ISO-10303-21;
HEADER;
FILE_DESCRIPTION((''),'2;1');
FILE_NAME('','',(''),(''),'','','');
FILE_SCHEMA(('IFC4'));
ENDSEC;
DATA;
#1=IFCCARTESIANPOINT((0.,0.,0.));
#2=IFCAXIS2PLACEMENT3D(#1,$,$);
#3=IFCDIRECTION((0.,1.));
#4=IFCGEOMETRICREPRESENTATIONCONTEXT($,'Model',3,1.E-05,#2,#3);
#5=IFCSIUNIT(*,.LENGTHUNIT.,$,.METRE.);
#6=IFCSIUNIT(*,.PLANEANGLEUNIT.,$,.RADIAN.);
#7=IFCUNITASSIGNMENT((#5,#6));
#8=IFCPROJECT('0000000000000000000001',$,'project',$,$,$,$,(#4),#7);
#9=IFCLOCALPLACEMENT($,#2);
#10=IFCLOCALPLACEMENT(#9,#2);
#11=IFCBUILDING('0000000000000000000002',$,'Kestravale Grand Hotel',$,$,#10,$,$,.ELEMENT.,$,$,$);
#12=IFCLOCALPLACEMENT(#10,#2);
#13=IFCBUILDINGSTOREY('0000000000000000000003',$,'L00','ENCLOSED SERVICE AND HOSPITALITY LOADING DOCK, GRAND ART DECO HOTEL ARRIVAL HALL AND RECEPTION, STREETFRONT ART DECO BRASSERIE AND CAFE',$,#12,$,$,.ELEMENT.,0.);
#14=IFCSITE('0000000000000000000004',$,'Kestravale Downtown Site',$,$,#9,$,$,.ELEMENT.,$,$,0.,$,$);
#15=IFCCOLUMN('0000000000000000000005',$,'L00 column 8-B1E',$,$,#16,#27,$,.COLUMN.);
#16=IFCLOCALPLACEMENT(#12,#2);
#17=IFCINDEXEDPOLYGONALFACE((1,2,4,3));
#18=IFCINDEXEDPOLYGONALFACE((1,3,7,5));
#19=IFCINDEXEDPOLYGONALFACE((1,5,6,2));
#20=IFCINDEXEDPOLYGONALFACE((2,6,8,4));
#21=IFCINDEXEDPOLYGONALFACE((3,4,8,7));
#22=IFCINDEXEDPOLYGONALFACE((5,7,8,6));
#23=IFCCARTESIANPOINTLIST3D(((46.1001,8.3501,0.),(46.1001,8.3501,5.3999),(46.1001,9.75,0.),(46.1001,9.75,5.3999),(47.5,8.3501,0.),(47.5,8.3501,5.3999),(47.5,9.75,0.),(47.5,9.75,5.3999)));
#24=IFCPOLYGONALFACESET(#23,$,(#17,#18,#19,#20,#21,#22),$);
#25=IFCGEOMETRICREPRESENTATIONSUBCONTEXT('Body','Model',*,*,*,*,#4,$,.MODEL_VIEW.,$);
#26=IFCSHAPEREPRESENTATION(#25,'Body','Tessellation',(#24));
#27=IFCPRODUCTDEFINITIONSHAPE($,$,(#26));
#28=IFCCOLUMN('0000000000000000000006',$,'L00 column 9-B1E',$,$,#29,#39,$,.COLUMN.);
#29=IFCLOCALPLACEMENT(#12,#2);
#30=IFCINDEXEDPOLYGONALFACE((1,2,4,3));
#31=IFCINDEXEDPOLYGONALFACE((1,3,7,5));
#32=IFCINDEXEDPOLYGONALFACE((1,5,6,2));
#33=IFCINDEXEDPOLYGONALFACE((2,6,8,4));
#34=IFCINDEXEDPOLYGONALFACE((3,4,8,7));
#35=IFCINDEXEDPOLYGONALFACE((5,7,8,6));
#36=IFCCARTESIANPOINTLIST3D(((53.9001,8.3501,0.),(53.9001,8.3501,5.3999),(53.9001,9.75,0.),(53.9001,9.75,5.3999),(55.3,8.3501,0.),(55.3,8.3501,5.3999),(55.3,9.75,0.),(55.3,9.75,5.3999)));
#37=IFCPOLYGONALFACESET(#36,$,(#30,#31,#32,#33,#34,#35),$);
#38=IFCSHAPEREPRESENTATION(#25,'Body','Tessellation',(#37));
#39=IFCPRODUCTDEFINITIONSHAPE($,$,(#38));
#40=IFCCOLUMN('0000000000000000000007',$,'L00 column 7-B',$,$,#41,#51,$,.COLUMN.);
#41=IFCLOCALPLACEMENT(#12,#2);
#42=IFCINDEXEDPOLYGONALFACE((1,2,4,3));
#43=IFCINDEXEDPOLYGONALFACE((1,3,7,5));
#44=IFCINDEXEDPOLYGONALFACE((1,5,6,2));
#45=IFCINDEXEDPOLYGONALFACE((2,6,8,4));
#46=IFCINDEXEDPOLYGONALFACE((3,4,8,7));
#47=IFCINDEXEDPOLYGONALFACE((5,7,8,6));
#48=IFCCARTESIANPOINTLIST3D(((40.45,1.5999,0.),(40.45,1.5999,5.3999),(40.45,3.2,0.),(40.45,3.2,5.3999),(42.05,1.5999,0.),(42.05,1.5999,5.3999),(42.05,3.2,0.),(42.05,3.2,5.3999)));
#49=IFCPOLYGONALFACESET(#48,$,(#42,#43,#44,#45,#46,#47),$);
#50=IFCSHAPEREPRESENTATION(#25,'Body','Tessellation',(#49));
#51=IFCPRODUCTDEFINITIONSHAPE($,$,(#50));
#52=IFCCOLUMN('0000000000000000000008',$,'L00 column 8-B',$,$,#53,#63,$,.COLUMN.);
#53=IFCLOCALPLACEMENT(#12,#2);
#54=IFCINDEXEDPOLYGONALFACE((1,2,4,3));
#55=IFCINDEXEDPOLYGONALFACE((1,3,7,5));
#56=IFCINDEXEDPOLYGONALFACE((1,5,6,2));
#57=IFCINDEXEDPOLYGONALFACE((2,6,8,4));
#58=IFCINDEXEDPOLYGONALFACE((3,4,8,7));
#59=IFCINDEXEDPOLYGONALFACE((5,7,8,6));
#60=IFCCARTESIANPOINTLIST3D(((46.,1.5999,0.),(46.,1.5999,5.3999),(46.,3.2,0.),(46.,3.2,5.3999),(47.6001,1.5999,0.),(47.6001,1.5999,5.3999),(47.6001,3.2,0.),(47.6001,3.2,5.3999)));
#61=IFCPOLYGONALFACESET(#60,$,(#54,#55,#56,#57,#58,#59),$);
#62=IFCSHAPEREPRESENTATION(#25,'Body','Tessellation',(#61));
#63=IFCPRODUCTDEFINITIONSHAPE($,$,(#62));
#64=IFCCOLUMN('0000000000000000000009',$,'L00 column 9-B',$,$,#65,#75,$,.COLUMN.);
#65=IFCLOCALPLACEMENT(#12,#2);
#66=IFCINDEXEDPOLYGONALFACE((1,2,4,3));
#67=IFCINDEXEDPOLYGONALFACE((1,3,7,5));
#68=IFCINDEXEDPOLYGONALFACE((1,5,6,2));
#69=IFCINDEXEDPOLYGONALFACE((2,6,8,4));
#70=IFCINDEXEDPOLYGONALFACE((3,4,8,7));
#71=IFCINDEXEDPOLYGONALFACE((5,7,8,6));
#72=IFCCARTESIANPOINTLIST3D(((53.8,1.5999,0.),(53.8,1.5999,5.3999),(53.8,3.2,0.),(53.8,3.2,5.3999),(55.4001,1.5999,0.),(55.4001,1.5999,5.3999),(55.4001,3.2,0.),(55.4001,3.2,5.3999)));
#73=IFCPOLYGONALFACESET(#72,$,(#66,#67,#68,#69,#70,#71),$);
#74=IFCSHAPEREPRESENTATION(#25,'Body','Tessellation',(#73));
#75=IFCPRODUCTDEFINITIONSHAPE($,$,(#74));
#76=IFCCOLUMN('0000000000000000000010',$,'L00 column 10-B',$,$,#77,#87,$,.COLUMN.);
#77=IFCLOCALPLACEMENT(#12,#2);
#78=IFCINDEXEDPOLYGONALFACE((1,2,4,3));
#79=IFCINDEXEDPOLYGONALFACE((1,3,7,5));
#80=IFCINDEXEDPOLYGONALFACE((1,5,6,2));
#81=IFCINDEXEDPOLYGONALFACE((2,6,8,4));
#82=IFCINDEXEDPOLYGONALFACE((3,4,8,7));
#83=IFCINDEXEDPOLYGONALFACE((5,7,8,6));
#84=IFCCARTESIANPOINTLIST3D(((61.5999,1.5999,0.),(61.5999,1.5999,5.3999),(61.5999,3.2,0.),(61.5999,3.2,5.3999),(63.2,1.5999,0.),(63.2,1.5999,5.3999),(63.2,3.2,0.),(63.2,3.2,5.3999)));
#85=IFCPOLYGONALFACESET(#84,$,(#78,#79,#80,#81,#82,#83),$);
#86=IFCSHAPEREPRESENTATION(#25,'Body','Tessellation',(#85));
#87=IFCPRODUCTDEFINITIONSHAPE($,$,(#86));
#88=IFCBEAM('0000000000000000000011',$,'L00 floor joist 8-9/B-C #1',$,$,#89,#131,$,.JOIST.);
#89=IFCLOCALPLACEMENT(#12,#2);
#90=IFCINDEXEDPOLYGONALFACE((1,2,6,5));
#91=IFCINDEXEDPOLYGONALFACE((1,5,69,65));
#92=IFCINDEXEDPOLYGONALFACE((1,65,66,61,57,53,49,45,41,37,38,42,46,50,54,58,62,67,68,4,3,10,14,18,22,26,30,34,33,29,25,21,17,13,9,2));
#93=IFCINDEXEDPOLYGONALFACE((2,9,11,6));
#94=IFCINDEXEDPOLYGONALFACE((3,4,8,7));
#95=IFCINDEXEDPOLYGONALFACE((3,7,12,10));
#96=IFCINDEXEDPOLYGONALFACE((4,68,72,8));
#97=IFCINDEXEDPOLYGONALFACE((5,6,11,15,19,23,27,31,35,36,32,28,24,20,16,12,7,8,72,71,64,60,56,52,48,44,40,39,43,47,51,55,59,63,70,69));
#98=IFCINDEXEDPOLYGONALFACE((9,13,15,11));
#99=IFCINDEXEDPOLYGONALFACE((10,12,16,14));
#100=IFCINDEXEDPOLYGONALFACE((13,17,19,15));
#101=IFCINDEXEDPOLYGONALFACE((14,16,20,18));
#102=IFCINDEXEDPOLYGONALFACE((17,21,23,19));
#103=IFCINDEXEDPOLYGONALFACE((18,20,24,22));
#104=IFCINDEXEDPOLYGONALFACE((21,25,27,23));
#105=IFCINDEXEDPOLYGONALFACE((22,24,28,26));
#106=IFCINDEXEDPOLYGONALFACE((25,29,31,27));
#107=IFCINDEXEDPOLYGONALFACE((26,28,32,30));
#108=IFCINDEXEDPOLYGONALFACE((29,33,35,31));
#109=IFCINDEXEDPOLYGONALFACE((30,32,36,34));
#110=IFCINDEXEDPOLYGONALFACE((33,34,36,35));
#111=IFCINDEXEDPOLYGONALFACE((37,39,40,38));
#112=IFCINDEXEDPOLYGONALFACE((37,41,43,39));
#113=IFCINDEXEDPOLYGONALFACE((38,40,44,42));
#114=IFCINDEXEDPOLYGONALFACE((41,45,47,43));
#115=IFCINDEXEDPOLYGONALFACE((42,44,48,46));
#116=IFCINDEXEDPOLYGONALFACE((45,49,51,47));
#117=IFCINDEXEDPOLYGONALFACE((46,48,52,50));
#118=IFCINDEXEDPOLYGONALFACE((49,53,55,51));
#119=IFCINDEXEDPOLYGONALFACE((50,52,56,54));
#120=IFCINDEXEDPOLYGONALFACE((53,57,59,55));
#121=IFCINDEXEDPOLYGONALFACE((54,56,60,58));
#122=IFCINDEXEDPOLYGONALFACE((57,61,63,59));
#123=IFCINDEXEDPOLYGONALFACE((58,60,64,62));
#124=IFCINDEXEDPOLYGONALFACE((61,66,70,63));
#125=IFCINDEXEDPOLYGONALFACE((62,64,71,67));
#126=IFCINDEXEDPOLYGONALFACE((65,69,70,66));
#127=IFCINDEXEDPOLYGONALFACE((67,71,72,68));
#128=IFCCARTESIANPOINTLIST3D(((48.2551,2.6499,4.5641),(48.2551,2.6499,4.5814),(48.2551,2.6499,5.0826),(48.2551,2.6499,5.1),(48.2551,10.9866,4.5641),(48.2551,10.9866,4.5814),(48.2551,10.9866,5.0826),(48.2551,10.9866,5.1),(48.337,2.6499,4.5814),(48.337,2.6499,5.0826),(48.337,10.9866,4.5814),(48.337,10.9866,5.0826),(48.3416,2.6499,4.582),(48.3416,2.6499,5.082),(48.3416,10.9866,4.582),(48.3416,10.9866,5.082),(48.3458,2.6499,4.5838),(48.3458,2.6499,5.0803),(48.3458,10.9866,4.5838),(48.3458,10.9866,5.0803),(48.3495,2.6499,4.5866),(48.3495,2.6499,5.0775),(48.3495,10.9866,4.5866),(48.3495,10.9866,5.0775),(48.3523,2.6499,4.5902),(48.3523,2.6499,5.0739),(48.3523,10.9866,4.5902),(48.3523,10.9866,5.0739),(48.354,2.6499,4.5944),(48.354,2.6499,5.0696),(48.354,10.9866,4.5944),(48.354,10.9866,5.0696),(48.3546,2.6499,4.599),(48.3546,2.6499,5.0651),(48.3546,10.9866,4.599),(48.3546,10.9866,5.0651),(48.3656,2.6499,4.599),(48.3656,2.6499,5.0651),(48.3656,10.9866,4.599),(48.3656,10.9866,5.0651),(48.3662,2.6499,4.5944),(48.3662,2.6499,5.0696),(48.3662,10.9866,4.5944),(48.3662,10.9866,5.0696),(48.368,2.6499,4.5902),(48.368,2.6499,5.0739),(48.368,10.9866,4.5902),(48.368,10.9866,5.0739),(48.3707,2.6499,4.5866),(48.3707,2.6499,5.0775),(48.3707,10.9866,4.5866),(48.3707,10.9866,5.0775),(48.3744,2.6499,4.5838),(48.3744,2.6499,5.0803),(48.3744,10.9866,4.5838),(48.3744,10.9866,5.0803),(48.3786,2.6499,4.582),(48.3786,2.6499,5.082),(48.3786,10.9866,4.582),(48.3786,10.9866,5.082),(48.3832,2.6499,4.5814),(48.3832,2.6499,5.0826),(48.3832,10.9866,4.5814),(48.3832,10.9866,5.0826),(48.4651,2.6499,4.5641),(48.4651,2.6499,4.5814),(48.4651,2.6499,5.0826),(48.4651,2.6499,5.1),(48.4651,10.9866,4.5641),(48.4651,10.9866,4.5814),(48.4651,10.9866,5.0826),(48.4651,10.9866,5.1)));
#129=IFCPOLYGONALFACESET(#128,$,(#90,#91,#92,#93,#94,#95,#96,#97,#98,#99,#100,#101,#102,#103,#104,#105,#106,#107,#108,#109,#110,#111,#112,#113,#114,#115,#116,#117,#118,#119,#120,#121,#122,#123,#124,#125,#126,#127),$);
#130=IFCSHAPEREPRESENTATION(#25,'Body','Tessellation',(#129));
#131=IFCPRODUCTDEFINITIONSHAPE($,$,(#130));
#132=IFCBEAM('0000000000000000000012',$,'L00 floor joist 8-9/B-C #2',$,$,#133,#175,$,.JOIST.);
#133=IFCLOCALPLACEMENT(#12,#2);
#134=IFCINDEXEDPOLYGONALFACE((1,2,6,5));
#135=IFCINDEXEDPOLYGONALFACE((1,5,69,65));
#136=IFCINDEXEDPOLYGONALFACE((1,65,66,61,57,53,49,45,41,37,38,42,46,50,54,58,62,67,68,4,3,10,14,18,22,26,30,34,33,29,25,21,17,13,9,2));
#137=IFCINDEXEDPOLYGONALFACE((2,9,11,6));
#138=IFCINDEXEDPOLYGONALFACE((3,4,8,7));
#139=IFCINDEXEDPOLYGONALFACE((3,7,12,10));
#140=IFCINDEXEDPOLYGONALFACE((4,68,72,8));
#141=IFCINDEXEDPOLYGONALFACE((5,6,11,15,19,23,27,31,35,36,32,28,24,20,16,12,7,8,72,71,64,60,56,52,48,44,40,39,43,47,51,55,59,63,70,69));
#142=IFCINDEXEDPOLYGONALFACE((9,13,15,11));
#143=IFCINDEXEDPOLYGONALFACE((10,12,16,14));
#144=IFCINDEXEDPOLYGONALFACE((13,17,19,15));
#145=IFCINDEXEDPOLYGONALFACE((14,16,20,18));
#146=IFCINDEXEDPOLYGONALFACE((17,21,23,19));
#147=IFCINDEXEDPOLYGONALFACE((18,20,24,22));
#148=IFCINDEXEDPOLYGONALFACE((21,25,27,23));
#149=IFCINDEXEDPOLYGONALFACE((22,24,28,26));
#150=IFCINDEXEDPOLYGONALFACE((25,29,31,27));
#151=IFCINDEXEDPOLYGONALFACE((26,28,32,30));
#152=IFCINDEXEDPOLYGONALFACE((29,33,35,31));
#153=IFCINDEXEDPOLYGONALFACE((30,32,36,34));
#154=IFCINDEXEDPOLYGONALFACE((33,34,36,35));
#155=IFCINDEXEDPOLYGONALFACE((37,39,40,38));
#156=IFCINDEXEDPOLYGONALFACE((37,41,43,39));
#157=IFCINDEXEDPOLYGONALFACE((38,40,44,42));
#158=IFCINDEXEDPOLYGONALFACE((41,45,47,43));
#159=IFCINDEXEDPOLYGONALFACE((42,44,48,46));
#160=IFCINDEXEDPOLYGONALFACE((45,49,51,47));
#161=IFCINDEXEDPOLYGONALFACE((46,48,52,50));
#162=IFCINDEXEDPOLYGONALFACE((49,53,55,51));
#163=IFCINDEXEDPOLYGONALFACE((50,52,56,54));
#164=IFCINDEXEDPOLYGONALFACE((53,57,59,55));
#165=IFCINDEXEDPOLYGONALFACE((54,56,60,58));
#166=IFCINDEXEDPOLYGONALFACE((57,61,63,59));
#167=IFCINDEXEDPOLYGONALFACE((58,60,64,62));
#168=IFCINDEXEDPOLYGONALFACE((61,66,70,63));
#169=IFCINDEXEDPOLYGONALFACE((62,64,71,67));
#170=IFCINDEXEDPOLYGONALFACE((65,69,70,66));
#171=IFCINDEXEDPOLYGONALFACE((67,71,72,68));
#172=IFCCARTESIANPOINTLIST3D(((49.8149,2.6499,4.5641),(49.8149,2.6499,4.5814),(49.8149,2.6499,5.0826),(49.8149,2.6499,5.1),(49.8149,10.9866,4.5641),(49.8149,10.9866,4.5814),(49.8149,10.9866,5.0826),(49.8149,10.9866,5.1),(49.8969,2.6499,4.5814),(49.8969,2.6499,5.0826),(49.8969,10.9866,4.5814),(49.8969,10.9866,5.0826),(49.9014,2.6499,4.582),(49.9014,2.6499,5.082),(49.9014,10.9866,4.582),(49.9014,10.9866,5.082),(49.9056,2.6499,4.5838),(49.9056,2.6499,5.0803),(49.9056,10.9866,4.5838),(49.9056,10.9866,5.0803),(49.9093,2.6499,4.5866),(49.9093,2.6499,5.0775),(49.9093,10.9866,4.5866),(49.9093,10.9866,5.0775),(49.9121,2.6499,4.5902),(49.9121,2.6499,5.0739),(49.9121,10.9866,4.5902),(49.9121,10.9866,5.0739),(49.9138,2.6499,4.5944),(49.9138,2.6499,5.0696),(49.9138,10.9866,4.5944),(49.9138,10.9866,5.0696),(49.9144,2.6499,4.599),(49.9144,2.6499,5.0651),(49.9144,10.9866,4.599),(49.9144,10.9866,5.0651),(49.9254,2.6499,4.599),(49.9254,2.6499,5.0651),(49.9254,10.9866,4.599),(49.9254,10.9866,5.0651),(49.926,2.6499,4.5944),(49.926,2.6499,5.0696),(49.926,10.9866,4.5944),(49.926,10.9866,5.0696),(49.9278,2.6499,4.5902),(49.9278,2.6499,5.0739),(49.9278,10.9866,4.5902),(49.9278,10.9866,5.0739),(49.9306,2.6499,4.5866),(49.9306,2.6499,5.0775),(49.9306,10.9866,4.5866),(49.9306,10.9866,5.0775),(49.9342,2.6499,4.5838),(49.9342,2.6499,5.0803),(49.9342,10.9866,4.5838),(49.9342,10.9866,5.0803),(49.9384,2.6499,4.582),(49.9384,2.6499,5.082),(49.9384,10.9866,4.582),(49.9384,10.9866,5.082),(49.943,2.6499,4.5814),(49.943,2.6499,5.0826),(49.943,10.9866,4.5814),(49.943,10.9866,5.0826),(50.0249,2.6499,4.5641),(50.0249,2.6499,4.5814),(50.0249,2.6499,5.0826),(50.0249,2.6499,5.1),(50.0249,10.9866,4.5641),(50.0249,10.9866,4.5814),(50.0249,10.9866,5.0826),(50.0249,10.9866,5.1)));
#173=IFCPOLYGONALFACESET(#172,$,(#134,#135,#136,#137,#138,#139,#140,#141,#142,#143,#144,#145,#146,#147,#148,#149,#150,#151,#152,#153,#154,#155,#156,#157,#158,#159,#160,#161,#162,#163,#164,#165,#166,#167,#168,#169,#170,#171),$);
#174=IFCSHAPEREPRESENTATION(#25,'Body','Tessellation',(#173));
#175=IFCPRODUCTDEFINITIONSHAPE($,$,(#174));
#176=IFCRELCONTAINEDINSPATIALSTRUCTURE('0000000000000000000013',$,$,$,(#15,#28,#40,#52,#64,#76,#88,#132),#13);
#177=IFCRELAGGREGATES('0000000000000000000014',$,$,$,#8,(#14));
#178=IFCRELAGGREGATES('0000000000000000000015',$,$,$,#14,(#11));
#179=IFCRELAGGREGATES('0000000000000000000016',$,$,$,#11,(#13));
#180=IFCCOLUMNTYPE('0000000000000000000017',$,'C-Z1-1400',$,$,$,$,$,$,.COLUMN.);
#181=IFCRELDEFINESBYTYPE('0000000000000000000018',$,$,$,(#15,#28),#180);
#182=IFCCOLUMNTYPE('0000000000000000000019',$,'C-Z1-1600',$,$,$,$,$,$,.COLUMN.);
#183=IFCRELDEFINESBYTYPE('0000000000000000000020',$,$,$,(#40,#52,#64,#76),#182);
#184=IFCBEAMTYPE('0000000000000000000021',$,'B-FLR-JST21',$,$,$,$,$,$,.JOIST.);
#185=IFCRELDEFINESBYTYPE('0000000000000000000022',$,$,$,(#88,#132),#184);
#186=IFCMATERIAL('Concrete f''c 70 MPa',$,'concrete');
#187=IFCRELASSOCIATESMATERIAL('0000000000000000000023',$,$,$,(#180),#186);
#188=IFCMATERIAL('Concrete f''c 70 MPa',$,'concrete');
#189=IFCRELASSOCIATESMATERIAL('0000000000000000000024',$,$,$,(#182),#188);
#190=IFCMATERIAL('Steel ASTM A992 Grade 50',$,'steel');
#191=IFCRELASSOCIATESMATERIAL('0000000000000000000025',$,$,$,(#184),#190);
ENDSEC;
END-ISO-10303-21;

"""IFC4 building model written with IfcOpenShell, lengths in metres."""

from ifc_helpers import new_model, si_unit, direction, frame, origin, origin_2d, place, context, subcontext, project, spatial, rectangle, i_section, extrude, material, material_profile, profile_set, type_object, element, save


model = new_model("IFC4")

# Units and contexts
model_context = context("Model", 3, precision=1e-05, world=origin(), true_north=direction((0.0, 1.0)))
body_context = subcontext(model_context, "Body", "Model", "MODEL_VIEW")
ifc_project = project(units=[si_unit("LENGTHUNIT", "METRE"), si_unit("PLANEANGLEUNIT", "RADIAN")], contexts=[model_context])

# Site, building, storey
site_placement = place(None, origin())
site = spatial("IfcSite", under=ifc_project, at=site_placement, Name="Kestravale Downtown Site", CompositionType="ELEMENT", RefElevation=0.0)
building_placement = place(site_placement, origin())
building = spatial("IfcBuilding", under=site, at=building_placement, Name="Kestravale Grand Hotel", CompositionType="ELEMENT")
storey_placement = place(building_placement, origin())
storey = spatial("IfcBuildingStorey", under=building, at=storey_placement, Name="L00", Description="ENCLOSED SERVICE AND HOSPITALITY LOADING DOCK, GRAND ART DECO HOTEL ARRIVAL HALL AND RECEPTION, STREETFRONT ART DECO BRASSERIE AND CAFE", CompositionType="ELEMENT", Elevation=0.0)

# Columns
ifc_material_1 = material(Name="Concrete f'c 70 MPa", Category="concrete")
ifc_material_profile_1 = material_profile(ifc_material_1, rectangle(XDim=1.3999, YDim=1.3999, at=origin_2d()))
ifc_profile_set_1 = profile_set([ifc_material_profile_1], Name="Concrete f'c 70 MPa")
column_type_1 = type_object("IfcColumnType", Name="C-Z1-1400", PredefinedType="COLUMN", material=ifc_profile_set_1)
for number, where, z_axis, x_axis, name in (
    (1, (46.8, 9.05, 0.0), (0.0, 0.0, 1.0), (1.0, 0.0, 0.0), "L00 column 8-B1E"),
    (2, (54.6001, 9.05, 0.0), (0.0, 0.0, 1.0), (1.0, 0.0, 0.0), "L00 column 9-B1E"),
):
    element("IfcColumn", number, at=place(storey_placement, frame(where, z_axis=z_axis, x_axis=x_axis)), inside=storey, type_object=column_type_1, Name=name, PredefinedType="COLUMN", context=body_context, shape_type="SweptSolid", body=[
        extrude(rectangle(XDim=1.3999, YDim=1.3999, at=origin_2d()), origin(), (0.0, 0.0, 1.0), 5.3999),
    ])
ifc_material_2 = material(Name="Concrete f'c 70 MPa", Category="concrete")
ifc_material_profile_2 = material_profile(ifc_material_2, rectangle(XDim=1.6001, YDim=1.6001, at=origin_2d()))
ifc_profile_set_2 = profile_set([ifc_material_profile_2], Name="Concrete f'c 70 MPa")
column_type_2 = type_object("IfcColumnType", Name="C-Z1-1600", PredefinedType="COLUMN", material=ifc_profile_set_2)
for number, where, z_axis, x_axis, name in (
    (3, (41.25, 2.3999, 0.0), (0.0, 0.0, 1.0), (1.0, 0.0, 0.0), "L00 column 7-B"),
    (4, (46.8, 2.3999, 0.0), (0.0, 0.0, 1.0), (1.0, 0.0, 0.0), "L00 column 8-B"),
    (5, (54.6001, 2.3999, 0.0), (0.0, 0.0, 1.0), (1.0, 0.0, 0.0), "L00 column 9-B"),
    (6, (62.3999, 2.3999, 0.0), (0.0, 0.0, 1.0), (1.0, 0.0, 0.0), "L00 column 10-B"),
):
    element("IfcColumn", number, at=place(storey_placement, frame(where, z_axis=z_axis, x_axis=x_axis)), inside=storey, type_object=column_type_2, Name=name, PredefinedType="COLUMN", context=body_context, shape_type="SweptSolid", body=[
        extrude(rectangle(XDim=1.6001, YDim=1.6001, at=origin_2d()), origin(), (0.0, 0.0, 1.0), 5.3999),
    ])

# Beams
ifc_material_3 = material(Name="Steel ASTM A992 Grade 50", Category="steel")
ifc_material_profile_3 = material_profile(ifc_material_3, i_section(OverallWidth=0.21, OverallDepth=0.5359, WebThickness=0.011, FlangeThickness=0.0173, FilletRadius=0.0176, at=origin_2d()))
ifc_profile_set_3 = profile_set([ifc_material_profile_3], Name="Steel ASTM A992 Grade 50")
beam_type_1 = type_object("IfcBeamType", Name="B-FLR-JST21", PredefinedType="JOIST", material=ifc_profile_set_3)
for number, where, z_axis, x_axis, name in (
    (7, (48.3601, 2.6499, 4.832), (0.0, 1.0, 0.0), (-1.0, 0.0, 0.0), "L00 floor joist 8-9/B-C #1"),
    (8, (49.9199, 2.6499, 4.832), (0.0, 1.0, 0.0), (-1.0, 0.0, 0.0), "L00 floor joist 8-9/B-C #2"),
):
    element("IfcBeam", number, at=place(storey_placement, frame(where, z_axis=z_axis, x_axis=x_axis)), inside=storey, type_object=beam_type_1, Name=name, PredefinedType="JOIST", context=body_context, shape_type="SweptSolid", body=[
        extrude(i_section(OverallWidth=0.21, OverallDepth=0.5359, WebThickness=0.011, FlangeThickness=0.0173, FilletRadius=0.0176, at=origin_2d()), origin(), (0.0, 0.0, 1.0), 8.3367),
    ])

save(model, "model.ifc")
